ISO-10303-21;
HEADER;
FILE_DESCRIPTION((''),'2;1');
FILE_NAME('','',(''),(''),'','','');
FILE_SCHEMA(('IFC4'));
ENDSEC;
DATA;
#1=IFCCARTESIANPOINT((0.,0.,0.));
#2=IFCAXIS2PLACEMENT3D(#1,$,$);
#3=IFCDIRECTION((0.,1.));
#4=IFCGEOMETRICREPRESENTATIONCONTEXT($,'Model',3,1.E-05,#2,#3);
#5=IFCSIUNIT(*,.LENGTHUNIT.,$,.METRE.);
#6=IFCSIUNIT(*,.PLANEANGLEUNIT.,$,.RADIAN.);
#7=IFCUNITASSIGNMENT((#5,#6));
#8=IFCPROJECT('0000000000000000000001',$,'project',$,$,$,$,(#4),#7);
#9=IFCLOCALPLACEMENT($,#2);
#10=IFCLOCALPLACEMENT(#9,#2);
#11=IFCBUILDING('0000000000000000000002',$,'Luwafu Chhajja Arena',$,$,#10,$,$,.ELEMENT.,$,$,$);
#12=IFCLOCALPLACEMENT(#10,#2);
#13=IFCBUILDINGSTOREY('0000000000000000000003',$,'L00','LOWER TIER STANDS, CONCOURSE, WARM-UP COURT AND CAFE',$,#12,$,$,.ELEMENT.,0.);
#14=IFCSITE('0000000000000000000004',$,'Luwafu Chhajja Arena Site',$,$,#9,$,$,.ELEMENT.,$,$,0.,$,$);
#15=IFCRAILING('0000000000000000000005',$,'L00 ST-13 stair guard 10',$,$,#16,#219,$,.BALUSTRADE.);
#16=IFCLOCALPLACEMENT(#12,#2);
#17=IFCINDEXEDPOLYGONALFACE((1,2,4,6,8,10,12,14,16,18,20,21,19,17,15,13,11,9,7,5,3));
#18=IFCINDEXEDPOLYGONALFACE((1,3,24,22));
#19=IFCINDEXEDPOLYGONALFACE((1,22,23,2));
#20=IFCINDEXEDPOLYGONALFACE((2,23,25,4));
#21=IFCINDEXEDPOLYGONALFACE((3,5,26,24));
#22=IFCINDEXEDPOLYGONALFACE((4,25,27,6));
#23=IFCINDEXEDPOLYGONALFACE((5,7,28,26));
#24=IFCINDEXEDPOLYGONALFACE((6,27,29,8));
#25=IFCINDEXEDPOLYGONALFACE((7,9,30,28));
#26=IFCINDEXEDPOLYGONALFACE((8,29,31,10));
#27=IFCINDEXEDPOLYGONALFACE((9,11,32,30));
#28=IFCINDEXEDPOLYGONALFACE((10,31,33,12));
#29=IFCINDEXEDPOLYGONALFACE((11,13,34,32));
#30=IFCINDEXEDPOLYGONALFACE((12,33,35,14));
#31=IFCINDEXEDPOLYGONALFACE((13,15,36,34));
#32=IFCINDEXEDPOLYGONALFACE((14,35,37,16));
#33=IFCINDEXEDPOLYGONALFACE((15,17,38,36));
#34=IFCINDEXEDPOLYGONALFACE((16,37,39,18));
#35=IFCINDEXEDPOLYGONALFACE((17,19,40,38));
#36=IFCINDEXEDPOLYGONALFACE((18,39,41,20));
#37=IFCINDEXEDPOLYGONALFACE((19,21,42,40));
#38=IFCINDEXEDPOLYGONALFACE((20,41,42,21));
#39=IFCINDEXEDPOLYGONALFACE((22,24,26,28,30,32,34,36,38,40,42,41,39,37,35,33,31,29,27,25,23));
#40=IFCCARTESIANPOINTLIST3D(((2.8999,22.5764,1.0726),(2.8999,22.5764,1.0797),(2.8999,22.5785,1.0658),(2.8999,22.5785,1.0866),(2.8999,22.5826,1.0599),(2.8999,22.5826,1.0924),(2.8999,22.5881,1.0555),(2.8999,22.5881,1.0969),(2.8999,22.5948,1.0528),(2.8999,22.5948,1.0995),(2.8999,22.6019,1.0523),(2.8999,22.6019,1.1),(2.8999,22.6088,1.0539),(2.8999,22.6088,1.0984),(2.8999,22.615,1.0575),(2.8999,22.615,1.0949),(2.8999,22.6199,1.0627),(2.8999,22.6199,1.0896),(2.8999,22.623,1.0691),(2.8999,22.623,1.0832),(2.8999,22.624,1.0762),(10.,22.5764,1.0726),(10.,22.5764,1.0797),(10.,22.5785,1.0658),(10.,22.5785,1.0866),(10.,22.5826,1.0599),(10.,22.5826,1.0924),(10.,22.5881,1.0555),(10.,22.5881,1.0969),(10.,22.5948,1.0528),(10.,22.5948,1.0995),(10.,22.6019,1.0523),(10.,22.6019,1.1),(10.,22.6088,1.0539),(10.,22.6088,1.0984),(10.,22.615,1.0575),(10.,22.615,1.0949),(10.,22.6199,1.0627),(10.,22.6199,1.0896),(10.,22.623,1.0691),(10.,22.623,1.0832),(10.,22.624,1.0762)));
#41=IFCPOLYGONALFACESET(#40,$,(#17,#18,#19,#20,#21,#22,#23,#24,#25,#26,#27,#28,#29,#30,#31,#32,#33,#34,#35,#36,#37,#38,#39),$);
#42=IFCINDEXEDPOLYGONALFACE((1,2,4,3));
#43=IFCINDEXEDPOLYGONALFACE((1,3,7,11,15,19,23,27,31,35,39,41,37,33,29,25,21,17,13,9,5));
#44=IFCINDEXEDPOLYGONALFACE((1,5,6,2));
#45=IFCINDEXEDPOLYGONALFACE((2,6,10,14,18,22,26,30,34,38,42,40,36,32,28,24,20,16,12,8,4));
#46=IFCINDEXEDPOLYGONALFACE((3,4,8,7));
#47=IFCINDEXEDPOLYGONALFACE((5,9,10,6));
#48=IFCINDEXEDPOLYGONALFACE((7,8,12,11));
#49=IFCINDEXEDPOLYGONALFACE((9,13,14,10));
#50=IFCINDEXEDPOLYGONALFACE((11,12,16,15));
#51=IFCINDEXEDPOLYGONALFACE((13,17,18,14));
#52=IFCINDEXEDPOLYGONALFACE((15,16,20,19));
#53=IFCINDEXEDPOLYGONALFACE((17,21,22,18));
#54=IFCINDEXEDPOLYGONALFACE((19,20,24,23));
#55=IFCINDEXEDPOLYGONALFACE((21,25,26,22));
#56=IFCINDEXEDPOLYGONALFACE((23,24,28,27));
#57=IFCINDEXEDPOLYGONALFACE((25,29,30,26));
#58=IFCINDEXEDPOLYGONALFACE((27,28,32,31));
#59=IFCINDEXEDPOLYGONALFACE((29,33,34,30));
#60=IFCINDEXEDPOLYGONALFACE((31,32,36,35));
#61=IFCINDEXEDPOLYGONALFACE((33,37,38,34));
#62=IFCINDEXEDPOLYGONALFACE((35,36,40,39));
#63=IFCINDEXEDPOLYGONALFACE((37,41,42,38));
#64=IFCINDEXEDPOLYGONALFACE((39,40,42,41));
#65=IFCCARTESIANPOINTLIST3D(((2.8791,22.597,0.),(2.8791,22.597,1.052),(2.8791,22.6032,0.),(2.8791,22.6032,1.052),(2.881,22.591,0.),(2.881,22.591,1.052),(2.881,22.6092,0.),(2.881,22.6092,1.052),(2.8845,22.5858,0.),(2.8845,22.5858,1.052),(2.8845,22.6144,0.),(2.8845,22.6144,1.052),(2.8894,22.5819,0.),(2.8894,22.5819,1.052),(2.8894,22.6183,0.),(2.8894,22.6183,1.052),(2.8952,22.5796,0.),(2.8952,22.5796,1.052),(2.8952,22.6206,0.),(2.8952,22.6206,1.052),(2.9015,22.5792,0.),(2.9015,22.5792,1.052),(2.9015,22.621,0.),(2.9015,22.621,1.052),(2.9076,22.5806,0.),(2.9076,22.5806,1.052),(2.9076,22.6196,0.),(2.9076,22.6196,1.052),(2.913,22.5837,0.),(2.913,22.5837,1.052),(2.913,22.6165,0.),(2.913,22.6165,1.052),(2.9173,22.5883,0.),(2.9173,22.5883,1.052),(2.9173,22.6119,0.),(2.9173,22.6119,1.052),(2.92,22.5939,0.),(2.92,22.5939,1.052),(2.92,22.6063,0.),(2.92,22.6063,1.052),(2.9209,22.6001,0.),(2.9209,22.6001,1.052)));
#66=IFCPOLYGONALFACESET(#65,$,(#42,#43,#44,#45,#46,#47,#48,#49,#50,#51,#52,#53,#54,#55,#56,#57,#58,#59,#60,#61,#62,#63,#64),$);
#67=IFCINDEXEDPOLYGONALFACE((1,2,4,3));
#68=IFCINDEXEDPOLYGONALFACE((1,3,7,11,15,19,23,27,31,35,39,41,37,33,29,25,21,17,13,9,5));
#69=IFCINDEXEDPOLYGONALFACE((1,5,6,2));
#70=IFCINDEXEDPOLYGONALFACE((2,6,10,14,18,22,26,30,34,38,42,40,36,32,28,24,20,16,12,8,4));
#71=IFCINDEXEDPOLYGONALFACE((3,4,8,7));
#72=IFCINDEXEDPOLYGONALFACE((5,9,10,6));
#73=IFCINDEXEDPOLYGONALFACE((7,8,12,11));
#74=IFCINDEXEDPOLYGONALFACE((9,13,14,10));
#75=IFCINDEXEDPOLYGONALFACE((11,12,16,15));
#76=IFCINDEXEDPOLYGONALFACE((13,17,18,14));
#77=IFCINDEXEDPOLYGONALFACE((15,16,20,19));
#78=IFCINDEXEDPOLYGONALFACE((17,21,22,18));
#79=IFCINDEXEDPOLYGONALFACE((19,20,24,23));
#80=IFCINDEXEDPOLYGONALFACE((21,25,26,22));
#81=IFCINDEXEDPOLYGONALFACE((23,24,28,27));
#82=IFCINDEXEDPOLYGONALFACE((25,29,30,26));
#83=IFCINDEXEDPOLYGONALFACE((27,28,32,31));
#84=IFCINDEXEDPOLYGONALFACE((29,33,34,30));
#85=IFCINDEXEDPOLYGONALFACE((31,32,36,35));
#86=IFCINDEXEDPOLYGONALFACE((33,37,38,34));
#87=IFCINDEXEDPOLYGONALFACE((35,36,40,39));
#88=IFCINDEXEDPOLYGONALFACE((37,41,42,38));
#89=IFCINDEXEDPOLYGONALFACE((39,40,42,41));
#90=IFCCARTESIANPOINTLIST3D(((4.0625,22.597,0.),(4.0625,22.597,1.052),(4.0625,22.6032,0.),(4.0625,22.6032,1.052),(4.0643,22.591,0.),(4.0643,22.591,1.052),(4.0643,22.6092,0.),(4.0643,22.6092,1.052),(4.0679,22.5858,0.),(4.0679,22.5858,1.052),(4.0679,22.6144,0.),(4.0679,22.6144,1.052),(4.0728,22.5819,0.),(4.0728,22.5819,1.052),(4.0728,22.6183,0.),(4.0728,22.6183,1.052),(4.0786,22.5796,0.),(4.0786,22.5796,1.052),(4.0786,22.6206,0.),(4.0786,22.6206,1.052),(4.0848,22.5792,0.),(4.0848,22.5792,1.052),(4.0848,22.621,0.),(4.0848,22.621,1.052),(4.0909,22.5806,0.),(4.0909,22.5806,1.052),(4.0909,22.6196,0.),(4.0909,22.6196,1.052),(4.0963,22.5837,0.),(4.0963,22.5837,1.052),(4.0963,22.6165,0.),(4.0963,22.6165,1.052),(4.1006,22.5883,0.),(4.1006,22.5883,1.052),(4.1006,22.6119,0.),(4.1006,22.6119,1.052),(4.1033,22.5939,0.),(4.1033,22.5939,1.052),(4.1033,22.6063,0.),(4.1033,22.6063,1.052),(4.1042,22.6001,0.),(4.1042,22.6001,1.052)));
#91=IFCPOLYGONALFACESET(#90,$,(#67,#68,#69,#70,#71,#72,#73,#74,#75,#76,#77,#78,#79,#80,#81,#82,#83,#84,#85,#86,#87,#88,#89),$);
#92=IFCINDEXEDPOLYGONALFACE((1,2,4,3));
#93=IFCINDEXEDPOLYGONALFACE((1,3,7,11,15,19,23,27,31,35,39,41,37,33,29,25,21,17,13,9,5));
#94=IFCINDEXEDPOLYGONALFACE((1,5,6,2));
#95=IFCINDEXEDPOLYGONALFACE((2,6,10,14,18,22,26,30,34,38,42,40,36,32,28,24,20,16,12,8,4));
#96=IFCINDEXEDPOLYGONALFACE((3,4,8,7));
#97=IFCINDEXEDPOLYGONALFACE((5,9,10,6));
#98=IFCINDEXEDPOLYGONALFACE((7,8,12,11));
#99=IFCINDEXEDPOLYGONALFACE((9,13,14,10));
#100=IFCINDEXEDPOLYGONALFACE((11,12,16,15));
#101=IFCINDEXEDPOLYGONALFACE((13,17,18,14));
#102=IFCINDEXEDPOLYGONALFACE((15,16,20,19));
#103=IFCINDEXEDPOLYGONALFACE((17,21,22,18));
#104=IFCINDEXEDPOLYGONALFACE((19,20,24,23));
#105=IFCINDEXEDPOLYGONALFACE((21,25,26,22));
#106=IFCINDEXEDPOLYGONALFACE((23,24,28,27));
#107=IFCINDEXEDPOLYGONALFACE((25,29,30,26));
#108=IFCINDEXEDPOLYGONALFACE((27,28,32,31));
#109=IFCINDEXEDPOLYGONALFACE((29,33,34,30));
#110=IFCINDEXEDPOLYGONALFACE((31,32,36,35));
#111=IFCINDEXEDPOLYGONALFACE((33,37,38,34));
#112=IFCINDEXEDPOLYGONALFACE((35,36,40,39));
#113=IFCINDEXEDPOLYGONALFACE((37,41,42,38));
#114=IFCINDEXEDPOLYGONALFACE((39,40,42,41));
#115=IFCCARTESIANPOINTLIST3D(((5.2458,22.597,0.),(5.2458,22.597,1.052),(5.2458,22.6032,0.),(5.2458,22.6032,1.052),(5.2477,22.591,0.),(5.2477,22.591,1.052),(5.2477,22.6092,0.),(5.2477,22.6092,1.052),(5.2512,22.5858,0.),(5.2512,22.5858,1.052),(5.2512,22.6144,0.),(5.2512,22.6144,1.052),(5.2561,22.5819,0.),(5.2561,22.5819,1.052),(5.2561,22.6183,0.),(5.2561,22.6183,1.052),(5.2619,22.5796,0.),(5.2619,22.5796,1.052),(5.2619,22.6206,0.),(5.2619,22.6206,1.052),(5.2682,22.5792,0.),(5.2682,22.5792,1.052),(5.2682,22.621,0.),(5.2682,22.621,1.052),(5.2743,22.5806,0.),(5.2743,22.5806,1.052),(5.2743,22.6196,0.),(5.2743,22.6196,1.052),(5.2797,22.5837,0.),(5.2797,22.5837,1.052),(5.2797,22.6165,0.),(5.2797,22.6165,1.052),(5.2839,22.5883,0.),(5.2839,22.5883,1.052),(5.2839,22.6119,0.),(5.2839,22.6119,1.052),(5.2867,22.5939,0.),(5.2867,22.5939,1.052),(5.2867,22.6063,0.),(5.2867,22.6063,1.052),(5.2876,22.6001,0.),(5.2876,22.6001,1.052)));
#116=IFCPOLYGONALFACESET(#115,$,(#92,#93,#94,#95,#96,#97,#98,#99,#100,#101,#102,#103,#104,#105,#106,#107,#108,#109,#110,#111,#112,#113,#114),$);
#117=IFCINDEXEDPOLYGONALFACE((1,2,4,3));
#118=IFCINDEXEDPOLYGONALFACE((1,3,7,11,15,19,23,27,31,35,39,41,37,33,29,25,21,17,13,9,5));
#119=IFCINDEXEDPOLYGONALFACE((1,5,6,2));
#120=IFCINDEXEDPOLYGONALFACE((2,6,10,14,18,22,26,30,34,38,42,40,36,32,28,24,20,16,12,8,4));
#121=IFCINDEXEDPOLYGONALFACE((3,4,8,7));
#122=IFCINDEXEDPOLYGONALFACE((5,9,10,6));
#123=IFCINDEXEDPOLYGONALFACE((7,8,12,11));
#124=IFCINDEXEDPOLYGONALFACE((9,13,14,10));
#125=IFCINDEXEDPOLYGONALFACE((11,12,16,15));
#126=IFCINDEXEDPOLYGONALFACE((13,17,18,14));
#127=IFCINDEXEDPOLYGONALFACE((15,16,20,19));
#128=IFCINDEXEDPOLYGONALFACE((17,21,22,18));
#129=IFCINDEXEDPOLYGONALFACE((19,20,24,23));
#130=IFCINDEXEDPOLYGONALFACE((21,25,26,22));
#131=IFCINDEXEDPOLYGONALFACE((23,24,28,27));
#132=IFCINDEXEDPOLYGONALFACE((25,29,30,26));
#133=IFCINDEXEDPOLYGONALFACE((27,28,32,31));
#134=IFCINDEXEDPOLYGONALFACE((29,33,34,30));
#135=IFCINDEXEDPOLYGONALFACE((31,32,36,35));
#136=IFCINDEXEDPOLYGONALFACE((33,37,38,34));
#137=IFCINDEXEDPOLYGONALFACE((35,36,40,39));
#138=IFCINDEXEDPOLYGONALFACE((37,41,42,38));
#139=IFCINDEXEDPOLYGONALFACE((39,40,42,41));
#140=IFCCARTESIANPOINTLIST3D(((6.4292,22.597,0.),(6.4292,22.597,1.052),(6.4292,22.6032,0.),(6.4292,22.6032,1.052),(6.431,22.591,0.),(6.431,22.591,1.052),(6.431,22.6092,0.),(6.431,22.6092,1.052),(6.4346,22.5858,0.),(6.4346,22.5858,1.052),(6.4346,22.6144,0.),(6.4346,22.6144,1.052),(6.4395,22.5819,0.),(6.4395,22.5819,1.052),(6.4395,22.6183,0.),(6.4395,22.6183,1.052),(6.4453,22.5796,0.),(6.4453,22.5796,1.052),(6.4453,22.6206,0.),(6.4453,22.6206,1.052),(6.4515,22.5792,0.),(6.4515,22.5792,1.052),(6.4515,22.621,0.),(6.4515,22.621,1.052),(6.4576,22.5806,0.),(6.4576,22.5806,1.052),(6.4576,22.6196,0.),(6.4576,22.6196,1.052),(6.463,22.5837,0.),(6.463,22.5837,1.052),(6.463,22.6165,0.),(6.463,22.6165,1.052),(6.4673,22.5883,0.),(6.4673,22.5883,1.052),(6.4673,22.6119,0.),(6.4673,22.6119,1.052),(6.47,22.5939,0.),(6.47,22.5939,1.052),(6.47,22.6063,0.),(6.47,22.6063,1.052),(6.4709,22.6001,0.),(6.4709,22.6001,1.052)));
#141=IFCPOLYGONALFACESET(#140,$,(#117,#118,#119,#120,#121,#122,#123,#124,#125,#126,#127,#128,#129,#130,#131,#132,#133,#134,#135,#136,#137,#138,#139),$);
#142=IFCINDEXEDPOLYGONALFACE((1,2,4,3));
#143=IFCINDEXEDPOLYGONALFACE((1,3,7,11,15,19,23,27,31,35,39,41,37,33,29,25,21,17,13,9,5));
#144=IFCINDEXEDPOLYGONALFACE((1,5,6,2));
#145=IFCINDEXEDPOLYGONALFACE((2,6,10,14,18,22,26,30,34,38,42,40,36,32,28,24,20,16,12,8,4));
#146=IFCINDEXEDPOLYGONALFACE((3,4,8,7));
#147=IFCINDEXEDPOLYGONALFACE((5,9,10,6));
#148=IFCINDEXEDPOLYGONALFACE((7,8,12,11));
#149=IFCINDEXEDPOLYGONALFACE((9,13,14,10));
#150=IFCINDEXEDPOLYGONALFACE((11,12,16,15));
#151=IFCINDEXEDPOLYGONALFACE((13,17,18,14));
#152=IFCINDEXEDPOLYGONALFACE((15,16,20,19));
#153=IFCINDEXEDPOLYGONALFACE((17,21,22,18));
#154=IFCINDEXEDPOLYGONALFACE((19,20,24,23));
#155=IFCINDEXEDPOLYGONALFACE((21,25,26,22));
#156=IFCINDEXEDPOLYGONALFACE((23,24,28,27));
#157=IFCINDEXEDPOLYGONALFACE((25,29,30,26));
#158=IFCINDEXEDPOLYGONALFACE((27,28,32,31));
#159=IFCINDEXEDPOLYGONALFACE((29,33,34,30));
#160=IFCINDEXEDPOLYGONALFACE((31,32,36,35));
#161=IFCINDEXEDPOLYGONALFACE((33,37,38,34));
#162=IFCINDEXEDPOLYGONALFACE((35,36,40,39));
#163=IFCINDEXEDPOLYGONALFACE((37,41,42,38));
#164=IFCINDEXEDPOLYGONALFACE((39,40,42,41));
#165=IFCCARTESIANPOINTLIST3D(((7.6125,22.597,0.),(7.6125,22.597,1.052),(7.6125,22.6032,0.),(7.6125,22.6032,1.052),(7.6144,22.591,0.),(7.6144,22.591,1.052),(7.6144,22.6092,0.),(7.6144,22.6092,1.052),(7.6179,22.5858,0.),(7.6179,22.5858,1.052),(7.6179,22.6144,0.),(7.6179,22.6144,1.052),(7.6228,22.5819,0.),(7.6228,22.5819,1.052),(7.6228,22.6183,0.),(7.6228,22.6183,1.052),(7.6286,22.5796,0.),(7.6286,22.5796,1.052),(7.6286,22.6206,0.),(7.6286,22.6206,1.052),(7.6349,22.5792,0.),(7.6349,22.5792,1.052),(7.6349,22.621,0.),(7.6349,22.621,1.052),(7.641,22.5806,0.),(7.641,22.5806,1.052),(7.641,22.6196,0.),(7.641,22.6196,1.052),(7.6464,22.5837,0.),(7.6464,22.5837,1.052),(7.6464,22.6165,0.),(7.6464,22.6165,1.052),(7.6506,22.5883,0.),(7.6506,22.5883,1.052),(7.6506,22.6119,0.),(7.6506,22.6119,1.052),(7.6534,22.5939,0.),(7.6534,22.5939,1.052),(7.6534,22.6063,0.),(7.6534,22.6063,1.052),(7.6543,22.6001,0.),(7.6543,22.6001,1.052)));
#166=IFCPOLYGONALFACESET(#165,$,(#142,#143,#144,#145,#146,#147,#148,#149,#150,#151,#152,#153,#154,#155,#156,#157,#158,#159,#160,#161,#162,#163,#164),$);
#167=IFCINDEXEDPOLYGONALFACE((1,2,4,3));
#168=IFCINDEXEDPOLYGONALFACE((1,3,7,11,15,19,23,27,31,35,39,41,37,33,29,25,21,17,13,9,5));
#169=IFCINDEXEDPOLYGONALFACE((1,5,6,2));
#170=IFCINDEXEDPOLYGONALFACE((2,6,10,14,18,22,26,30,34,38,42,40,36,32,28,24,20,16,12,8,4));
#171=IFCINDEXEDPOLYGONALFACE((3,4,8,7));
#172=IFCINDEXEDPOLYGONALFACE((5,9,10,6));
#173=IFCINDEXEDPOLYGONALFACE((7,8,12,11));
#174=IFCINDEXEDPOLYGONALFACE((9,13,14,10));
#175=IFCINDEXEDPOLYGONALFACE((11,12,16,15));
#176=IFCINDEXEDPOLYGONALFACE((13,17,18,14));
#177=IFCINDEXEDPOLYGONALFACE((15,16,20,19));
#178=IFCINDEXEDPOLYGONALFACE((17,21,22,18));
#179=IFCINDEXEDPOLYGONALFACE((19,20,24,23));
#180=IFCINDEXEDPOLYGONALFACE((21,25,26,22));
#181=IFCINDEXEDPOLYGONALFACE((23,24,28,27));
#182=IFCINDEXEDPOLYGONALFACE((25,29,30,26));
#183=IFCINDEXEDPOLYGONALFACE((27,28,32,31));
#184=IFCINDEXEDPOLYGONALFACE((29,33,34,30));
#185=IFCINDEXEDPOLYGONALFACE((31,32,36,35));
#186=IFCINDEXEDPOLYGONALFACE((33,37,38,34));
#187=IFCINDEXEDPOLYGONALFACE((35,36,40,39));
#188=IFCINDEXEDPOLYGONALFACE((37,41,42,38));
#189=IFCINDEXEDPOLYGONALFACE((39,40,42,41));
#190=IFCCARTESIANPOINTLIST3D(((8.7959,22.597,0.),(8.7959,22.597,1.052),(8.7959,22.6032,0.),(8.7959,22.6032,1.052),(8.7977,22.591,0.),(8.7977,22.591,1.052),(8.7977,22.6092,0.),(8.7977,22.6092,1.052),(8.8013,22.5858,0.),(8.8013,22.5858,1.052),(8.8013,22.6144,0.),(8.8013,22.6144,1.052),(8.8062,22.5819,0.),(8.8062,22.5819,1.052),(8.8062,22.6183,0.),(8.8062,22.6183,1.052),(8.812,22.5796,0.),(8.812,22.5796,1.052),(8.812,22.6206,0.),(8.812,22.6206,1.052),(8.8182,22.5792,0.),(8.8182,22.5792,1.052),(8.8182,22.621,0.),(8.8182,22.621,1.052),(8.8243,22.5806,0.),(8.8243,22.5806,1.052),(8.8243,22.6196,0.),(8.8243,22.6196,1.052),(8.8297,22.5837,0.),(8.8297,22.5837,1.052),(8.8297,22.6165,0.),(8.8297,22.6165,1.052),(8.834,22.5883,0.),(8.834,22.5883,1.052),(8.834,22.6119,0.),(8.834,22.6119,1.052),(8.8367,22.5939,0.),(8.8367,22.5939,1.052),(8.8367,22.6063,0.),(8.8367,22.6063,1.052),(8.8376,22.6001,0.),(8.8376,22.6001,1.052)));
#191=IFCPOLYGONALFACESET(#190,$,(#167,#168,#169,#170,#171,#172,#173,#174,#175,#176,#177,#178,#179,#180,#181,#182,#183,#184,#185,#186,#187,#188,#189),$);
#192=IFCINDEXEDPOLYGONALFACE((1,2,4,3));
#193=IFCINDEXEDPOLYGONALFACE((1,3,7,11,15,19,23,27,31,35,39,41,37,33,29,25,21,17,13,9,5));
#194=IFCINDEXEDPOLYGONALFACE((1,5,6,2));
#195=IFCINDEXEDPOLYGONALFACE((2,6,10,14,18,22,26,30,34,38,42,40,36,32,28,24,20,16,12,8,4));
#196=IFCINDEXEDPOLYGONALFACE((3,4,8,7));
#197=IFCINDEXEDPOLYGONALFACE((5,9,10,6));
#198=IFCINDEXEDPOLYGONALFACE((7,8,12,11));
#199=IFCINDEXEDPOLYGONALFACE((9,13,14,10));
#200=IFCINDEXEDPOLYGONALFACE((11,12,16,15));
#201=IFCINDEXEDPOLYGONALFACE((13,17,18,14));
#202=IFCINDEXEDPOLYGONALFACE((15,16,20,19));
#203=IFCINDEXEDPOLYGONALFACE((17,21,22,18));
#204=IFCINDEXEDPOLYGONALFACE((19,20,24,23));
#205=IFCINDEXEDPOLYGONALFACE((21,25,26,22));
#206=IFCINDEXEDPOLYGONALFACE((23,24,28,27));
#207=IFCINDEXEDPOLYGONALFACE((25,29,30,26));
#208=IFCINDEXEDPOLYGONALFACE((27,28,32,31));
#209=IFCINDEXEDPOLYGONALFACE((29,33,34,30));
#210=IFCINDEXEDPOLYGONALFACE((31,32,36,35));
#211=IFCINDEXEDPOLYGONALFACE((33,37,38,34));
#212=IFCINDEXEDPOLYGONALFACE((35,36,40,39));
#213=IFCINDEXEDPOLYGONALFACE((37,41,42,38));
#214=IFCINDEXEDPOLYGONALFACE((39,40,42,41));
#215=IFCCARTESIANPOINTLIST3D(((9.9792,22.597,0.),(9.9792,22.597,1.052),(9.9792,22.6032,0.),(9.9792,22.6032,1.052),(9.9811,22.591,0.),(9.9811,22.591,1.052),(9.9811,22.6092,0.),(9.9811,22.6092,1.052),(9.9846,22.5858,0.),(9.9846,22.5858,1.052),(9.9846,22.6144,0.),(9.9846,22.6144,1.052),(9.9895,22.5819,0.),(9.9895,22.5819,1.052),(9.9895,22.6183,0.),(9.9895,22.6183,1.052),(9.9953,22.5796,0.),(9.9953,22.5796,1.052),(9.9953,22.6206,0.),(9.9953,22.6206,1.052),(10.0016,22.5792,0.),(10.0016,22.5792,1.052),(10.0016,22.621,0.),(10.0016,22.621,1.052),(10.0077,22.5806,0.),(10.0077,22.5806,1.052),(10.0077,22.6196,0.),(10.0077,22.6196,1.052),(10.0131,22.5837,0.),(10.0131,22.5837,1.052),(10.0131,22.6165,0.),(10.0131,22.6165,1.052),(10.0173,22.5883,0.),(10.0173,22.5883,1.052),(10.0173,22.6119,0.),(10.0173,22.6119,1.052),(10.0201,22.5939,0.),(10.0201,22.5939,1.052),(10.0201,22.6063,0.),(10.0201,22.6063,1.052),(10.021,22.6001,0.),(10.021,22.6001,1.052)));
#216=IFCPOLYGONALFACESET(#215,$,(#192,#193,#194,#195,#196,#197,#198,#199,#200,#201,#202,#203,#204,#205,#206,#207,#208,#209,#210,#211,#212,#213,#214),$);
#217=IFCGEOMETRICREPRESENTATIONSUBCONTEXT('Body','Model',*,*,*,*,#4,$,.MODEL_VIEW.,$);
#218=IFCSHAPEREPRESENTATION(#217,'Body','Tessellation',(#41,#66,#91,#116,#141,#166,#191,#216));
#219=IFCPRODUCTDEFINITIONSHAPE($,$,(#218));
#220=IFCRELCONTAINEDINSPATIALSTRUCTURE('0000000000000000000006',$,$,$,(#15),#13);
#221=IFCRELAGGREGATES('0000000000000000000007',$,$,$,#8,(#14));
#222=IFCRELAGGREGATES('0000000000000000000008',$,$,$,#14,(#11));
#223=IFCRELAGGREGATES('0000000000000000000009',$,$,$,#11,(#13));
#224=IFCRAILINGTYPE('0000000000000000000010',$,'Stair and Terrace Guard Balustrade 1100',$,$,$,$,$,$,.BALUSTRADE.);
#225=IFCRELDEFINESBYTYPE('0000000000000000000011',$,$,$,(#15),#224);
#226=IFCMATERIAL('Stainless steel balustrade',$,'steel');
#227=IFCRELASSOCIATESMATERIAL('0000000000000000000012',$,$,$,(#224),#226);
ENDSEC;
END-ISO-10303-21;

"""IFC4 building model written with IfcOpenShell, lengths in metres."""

from ifc_helpers import new_model, si_unit, direction, frame, origin, origin_2d, place, context, subcontext, project, spatial, circle, extrude, material, type_object, element, save


model = new_model("IFC4")

# Units and contexts
model_context = context("Model", 3, precision=1e-05, world=origin(), true_north=direction((0.0, 1.0)))
body_context = subcontext(model_context, "Body", "Model", "MODEL_VIEW")
ifc_project = project(units=[si_unit("LENGTHUNIT", "METRE"), si_unit("PLANEANGLEUNIT", "RADIAN")], contexts=[model_context])

# Site, building, storey
site_placement = place(None, origin())
site = spatial("IfcSite", under=ifc_project, at=site_placement, Name="Luwafu Chhajja Arena Site", CompositionType="ELEMENT", RefElevation=0.0)
building_placement = place(site_placement, origin())
building = spatial("IfcBuilding", under=site, at=building_placement, Name="Luwafu Chhajja Arena", CompositionType="ELEMENT")
storey_placement = place(building_placement, origin())
storey = spatial("IfcBuildingStorey", under=building, at=storey_placement, Name="L00", Description="LOWER TIER STANDS, CONCOURSE, WARM-UP COURT AND CAFE", CompositionType="ELEMENT", Elevation=0.0)

# Railing
ifc_material_1 = material(Name="Stainless steel balustrade", Category="steel")
railing_type_1 = type_object("IfcRailingType", Name="Stair and Terrace Guard Balustrade 1100", PredefinedType="BALUSTRADE", material=ifc_material_1)
for number, where, name in (
    (1, (2.8999, 22.6001, 0.0), "L00 ST-13 stair guard 10"),
):
    element("IfcRailing", number, at=place(storey_placement, frame(where)), inside=storey, type_object=railing_type_1, Name=name, PredefinedType="BALUSTRADE", context=body_context, shape_type="SweptSolid", body=[
        extrude(circle(Radius=0.0239, at=origin_2d()), frame((0.0, 0.0, 1.0762), z_axis=(1.0, 0.0, 0.0), x_axis=(0.0, 1.0, 0.0)), (0.0, 0.0, 1.0), 7.1001),
        extrude(circle(Radius=0.021, at=origin_2d()), origin(), (0.0, 0.0, 1.0), 1.052),
        extrude(circle(Radius=0.021, at=origin_2d()), frame((1.1833, 0.0, 0.0)), (0.0, 0.0, 1.0), 1.052),
        extrude(circle(Radius=0.021, at=origin_2d()), frame((2.3667, 0.0, 0.0)), (0.0, 0.0, 1.0), 1.052),
        extrude(circle(Radius=0.021, at=origin_2d()), frame((3.55, 0.0, 0.0)), (0.0, 0.0, 1.0), 1.052),
        extrude(circle(Radius=0.021, at=origin_2d()), frame((4.7334, 0.0, 0.0)), (0.0, 0.0, 1.0), 1.052),
        extrude(circle(Radius=0.021, at=origin_2d()), frame((5.9167, 0.0, 0.0)), (0.0, 0.0, 1.0), 1.052),
        extrude(circle(Radius=0.021, at=origin_2d()), frame((7.1001, 0.0, 0.0)), (0.0, 0.0, 1.0), 1.052),
    ])

save(model, "model.ifc")
